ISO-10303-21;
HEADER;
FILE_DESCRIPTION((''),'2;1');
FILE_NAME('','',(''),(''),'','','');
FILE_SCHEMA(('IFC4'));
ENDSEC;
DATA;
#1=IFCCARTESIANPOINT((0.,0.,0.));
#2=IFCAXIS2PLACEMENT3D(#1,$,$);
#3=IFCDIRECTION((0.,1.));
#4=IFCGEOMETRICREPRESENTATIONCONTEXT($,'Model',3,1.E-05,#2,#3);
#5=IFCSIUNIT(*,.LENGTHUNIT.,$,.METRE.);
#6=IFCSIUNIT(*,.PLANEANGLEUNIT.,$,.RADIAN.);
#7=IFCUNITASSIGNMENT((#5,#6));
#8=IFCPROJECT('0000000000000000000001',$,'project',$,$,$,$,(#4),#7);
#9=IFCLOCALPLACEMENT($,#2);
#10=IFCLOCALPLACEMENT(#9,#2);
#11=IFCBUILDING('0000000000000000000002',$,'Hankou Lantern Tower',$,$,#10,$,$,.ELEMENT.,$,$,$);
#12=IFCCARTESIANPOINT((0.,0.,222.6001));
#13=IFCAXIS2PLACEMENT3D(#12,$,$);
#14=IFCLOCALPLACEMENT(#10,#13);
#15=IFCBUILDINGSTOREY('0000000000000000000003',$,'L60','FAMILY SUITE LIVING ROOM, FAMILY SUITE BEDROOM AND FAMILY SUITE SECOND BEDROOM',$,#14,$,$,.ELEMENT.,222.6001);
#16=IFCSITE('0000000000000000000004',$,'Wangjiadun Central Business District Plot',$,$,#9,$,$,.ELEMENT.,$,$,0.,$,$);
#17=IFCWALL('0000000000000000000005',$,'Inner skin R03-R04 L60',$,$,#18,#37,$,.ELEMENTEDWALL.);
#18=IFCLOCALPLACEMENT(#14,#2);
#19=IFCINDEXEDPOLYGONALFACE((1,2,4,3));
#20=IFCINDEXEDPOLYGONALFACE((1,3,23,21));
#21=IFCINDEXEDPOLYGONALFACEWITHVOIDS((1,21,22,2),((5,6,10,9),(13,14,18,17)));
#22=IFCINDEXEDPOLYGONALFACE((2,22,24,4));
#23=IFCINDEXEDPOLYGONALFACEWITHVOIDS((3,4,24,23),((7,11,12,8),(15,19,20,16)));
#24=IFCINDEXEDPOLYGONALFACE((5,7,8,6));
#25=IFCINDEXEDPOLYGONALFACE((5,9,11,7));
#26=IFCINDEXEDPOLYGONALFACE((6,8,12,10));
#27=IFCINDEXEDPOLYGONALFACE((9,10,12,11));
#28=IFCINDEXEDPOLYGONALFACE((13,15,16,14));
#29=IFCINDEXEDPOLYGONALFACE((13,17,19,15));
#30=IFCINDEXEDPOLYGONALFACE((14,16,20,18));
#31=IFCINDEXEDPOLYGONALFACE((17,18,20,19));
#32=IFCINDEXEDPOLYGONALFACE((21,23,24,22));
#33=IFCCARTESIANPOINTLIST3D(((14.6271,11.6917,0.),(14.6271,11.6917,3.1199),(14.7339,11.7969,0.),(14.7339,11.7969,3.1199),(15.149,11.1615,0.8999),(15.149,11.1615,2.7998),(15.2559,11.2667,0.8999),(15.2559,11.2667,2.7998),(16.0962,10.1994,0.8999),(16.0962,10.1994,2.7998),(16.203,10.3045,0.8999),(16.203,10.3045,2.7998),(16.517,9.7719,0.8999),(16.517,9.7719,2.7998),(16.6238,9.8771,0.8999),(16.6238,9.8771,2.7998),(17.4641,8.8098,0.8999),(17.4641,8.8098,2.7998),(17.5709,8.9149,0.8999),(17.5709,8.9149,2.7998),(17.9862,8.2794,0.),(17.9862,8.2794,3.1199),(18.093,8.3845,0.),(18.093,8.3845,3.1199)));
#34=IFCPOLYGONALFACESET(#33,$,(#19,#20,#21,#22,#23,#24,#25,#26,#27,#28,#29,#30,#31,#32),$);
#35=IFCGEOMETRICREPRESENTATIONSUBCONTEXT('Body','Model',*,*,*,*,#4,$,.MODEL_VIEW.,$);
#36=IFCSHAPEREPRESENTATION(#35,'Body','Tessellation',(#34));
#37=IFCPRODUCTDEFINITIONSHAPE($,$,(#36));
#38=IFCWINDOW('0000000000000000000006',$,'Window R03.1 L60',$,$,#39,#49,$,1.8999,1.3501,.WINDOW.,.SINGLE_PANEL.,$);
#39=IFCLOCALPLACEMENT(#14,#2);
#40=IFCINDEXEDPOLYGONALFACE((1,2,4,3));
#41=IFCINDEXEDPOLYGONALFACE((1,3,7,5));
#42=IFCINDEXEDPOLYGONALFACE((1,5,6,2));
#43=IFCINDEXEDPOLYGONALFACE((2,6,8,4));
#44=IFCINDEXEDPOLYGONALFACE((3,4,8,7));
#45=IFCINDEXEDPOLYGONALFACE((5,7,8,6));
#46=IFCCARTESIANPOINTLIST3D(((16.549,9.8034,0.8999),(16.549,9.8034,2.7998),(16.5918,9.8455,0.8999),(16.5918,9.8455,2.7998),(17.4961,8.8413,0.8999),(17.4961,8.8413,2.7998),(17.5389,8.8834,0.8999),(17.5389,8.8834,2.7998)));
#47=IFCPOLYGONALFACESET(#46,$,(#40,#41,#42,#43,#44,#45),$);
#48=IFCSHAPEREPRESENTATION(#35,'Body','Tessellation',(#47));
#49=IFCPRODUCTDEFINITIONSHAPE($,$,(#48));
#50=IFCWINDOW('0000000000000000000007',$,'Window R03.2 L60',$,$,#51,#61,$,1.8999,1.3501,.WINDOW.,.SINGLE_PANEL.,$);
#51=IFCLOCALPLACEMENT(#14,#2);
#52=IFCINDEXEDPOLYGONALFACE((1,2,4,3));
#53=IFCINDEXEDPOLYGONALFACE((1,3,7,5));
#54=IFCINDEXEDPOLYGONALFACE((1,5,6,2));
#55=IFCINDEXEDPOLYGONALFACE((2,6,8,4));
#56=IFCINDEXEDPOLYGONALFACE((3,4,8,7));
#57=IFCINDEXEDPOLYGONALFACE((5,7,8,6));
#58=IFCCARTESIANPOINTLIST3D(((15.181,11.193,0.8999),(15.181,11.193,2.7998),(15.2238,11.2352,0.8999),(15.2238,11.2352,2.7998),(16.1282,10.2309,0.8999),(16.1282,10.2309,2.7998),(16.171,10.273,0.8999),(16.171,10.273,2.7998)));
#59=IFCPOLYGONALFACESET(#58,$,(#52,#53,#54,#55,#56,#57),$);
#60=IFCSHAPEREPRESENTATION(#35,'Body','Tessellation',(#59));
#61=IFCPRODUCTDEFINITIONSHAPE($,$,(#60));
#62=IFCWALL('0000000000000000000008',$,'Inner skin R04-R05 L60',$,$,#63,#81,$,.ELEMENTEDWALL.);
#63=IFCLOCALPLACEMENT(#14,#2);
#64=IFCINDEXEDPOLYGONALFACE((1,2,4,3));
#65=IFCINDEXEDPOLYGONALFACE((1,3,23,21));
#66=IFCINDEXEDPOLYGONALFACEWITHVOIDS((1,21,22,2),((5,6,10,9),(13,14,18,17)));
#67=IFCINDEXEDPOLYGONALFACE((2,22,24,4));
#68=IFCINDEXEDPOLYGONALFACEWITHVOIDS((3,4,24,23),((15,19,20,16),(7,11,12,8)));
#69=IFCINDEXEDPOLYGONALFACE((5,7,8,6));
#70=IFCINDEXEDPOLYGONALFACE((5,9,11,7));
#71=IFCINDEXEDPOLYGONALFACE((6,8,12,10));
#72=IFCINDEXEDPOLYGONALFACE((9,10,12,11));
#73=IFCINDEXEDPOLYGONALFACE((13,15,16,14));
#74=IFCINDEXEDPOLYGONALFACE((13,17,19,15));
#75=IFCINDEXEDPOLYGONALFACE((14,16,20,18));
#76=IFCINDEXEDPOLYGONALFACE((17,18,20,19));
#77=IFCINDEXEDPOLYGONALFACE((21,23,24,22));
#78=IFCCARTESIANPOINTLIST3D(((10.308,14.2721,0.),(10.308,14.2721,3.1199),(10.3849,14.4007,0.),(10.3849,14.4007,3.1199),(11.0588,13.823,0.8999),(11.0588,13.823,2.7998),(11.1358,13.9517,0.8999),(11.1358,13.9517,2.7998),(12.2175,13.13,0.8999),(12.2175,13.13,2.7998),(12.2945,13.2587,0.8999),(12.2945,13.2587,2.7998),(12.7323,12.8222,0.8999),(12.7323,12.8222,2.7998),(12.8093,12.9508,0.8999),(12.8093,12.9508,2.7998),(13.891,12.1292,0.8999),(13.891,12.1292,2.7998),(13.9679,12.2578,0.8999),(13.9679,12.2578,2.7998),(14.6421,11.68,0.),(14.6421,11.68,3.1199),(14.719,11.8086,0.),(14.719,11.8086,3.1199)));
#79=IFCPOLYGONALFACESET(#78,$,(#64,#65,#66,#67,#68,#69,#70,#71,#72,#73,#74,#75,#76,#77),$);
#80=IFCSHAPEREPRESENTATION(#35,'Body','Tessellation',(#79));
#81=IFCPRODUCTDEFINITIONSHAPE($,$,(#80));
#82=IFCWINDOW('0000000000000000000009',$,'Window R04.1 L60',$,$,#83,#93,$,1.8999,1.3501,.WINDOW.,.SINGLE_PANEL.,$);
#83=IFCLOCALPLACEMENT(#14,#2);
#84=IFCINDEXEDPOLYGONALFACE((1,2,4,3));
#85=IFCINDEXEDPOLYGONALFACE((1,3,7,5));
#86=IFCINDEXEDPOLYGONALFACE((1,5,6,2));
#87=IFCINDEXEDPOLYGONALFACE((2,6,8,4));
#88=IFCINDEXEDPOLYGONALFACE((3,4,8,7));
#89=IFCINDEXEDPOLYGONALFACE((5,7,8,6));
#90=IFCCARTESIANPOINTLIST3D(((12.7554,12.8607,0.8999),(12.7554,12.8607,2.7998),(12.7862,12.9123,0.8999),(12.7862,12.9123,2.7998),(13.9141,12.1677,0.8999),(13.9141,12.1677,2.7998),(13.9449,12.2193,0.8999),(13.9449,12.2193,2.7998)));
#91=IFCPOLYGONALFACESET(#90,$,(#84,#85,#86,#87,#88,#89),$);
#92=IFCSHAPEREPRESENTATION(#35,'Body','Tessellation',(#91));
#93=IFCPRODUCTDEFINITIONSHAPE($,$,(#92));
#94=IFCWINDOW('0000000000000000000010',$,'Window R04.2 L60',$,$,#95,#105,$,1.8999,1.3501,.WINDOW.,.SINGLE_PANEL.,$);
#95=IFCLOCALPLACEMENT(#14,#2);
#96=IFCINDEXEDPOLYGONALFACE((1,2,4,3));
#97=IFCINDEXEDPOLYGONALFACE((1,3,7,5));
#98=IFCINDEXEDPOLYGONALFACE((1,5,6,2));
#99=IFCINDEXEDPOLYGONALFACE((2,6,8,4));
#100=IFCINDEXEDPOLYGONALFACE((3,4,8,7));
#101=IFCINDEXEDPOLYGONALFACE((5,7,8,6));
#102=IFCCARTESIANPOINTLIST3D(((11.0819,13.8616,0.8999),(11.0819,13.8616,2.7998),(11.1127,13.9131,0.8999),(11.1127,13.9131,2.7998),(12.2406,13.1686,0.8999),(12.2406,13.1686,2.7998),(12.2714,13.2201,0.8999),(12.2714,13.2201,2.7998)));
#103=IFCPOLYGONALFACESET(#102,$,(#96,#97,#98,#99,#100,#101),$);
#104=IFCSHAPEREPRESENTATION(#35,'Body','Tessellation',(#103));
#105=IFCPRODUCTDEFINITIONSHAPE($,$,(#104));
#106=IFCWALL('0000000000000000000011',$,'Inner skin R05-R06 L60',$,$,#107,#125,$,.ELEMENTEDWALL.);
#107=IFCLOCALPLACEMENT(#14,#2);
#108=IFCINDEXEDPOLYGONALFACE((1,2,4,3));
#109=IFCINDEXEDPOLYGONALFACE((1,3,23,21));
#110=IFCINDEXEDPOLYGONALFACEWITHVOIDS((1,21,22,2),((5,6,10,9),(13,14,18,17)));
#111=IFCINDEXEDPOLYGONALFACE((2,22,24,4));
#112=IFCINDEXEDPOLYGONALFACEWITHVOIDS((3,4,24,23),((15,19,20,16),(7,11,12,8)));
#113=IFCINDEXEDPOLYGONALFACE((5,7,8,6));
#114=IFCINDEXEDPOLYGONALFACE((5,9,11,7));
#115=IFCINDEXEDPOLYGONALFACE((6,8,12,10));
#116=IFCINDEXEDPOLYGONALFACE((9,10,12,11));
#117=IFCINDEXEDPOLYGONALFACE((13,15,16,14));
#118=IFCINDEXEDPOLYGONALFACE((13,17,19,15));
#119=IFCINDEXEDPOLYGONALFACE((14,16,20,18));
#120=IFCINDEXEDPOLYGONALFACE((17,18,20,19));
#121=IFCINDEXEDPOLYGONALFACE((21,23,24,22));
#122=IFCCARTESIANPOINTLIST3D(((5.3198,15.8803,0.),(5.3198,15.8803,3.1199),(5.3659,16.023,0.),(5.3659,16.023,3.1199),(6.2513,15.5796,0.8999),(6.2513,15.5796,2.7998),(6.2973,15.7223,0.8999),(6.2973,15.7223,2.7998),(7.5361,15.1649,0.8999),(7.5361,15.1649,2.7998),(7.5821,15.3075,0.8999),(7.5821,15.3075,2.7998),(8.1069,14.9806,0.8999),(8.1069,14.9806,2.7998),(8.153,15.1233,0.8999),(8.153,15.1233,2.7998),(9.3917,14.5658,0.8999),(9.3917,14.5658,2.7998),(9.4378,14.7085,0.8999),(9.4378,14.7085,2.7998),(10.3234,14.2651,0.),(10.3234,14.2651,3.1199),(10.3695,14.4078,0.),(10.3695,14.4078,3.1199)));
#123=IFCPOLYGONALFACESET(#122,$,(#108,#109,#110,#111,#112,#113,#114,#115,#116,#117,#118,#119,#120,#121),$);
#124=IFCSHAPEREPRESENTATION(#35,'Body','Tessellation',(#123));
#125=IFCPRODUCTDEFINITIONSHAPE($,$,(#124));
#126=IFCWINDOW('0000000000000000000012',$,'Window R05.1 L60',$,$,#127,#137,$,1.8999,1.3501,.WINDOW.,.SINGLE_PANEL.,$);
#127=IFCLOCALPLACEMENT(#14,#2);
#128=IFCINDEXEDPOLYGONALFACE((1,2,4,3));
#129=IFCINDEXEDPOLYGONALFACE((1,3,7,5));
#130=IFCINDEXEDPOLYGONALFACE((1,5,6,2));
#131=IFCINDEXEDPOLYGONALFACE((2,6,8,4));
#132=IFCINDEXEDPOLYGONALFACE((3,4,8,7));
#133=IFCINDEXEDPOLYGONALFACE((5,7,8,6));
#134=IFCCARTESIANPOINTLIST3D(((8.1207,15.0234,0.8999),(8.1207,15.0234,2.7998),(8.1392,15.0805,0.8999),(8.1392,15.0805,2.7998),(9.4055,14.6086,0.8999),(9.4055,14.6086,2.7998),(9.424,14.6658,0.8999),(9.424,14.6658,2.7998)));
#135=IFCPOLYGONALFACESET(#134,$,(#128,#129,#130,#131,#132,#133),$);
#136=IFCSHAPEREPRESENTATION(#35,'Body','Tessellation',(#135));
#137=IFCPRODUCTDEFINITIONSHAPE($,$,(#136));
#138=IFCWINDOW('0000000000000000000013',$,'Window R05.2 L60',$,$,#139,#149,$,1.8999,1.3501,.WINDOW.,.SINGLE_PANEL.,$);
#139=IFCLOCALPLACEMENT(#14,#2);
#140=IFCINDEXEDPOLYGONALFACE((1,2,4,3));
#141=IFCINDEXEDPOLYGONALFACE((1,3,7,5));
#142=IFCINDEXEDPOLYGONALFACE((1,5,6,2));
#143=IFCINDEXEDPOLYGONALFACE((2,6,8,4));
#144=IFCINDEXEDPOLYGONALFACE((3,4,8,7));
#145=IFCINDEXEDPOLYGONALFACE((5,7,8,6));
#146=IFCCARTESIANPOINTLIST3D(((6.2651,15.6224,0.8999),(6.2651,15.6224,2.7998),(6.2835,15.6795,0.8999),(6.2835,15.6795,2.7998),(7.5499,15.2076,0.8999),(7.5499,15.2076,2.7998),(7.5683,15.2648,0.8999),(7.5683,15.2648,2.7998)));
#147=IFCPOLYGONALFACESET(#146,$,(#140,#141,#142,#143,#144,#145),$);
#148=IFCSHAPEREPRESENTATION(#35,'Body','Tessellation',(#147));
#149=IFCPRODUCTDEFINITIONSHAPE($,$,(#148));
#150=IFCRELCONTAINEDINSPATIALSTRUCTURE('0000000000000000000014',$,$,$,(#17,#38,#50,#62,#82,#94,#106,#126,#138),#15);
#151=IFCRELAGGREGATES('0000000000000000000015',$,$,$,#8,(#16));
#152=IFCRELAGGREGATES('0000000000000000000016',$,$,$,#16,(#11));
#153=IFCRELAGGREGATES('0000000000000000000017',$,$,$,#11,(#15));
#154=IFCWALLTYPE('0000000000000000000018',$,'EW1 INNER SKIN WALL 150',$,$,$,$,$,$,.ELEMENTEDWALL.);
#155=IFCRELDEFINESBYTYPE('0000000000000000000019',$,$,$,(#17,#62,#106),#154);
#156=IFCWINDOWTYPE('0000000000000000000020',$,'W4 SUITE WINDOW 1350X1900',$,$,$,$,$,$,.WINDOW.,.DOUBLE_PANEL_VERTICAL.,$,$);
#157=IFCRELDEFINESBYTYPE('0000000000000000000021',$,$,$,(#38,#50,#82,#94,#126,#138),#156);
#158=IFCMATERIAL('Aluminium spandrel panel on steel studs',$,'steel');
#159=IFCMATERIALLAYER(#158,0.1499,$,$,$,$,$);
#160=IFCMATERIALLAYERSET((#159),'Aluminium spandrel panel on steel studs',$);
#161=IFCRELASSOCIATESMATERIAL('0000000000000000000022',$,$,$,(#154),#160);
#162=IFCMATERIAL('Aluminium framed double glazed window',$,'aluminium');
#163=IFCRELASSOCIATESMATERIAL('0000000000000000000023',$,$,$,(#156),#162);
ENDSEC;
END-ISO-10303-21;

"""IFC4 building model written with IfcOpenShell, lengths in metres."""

from ifc_helpers import new_model, si_unit, direction, frame, frame_2d, origin, place, context, subcontext, project, spatial, rectangle, extrude, material, layer, layer_set, type_object, element, fill, save


model = new_model("IFC4")

# Units and contexts
model_context = context("Model", 3, precision=1e-05, world=origin(), true_north=direction((0.0, 1.0)))
body_context = subcontext(model_context, "Body", "Model", "MODEL_VIEW")
ifc_project = project(units=[si_unit("LENGTHUNIT", "METRE"), si_unit("PLANEANGLEUNIT", "RADIAN")], contexts=[model_context])

# Site, building, storey
site_placement = place(None, origin())
site = spatial("IfcSite", under=ifc_project, at=site_placement, Name="Wangjiadun Central Business District Plot", CompositionType="ELEMENT", RefElevation=0.0)
building_placement = place(site_placement, origin())
building = spatial("IfcBuilding", under=site, at=building_placement, Name="Hankou Lantern Tower", CompositionType="ELEMENT")
storey_placement = place(building_placement, frame((0.0, 0.0, 222.6001)))
storey = spatial("IfcBuildingStorey", under=building, at=storey_placement, Name="L60", Description="FAMILY SUITE LIVING ROOM, FAMILY SUITE BEDROOM AND FAMILY SUITE SECOND BEDROOM", CompositionType="ELEMENT", Elevation=222.6001)

# Walls, openings, windows
ifc_material_1 = material(Name="Aluminium spandrel panel on steel studs", Category="steel")
ifc_layer_1 = layer(ifc_material_1, 0.1499)
ifc_layer_set_1 = layer_set([ifc_layer_1], Name="Aluminium spandrel panel on steel studs")
wall_type_1 = type_object("IfcWallType", Name="EW1 INNER SKIN WALL 150", PredefinedType="ELEMENTEDWALL", material=ifc_layer_set_1)
wall_1_placement = place(storey_placement, frame((18.0396, 8.332, 0.0), z_axis=(0.0, 0.0, 1.0), x_axis=(-0.701527, 0.712643, 0.0)))
wall_1 = element("IfcWall", 1, at=wall_1_placement, inside=storey, type_object=wall_type_1, Name="Inner skin R03-R04 L60", PredefinedType="ELEMENTEDWALL", context=body_context, shape_type="SweptSolid", body=[
    extrude(rectangle(XDim=4.7883, YDim=0.1499, at=frame_2d((2.394, 0.0))), origin(), (0.0, 0.0, 1.0), 3.1199),
])
opening_1_placement = place(wall_1_placement, frame((0.7441, 0.0, 0.8999)))
opening_1 = element("IfcOpeningElement", 2, at=opening_1_placement, cuts=wall_1, PredefinedType="OPENING", context=body_context, shape_type="SweptSolid", body=[
    extrude(rectangle(XDim=1.3501, YDim=1.8999, at=frame_2d((0.675, 0.95))), frame((0.0, 0.085, 0.0), z_axis=(0.0, -1.0, 0.0), x_axis=(1.0, 0.0, 0.0)), (0.0, 0.0, 1.0), 0.1699),
])
opening_2_placement = place(wall_1_placement, frame((2.6941, 0.0, 0.8999)))
opening_2 = element("IfcOpeningElement", 3, at=opening_2_placement, cuts=wall_1, PredefinedType="OPENING", context=body_context, shape_type="SweptSolid", body=[
    extrude(rectangle(XDim=1.3501, YDim=1.8999, at=frame_2d((0.675, 0.95))), frame((0.0, 0.085, 0.0), z_axis=(0.0, -1.0, 0.0), x_axis=(1.0, 0.0, 0.0)), (0.0, 0.0, 1.0), 0.1699),
])
ifc_material_2 = material(Name="Aluminium framed double glazed window", Category="aluminium")
window_type = type_object("IfcWindowType", Name="W4 SUITE WINDOW 1350X1900", PartitioningType="DOUBLE_PANEL_VERTICAL", PredefinedType="WINDOW", material=ifc_material_2)
window_1_placement = place(opening_1_placement, origin())
window_1 = element("IfcWindow", 4, at=window_1_placement, inside=storey, type_object=window_type, Name="Window R03.1 L60", OverallHeight=1.8999, OverallWidth=1.3501, PartitioningType="SINGLE_PANEL", PredefinedType="WINDOW", context=body_context, shape_type="SweptSolid", body=[
    extrude(rectangle(XDim=1.3501, YDim=1.8999, at=frame_2d((0.675, 0.95))), frame((0.0, 0.03, 0.0), z_axis=(0.0, -1.0, 0.0), x_axis=(1.0, 0.0, 0.0)), (0.0, 0.0, 1.0), 0.0601),
])
fill(opening_1, window_1)
window_2_placement = place(opening_2_placement, origin())
window_2 = element("IfcWindow", 5, at=window_2_placement, inside=storey, type_object=window_type, Name="Window R03.2 L60", OverallHeight=1.8999, OverallWidth=1.3501, PartitioningType="SINGLE_PANEL", PredefinedType="WINDOW", context=body_context, shape_type="SweptSolid", body=[
    extrude(rectangle(XDim=1.3501, YDim=1.8999, at=frame_2d((0.675, 0.95))), frame((0.0, 0.03, 0.0), z_axis=(0.0, -1.0, 0.0), x_axis=(1.0, 0.0, 0.0)), (0.0, 0.0, 1.0), 0.0601),
])
fill(opening_2, window_2)
wall_2_placement = place(storey_placement, frame((14.6804, 11.7444, 0.0), z_axis=(0.0, 0.0, 1.0), x_axis=(-0.858222, 0.51328, 0.0)))
wall_2 = element("IfcWall", 6, at=wall_2_placement, inside=storey, type_object=wall_type_1, Name="Inner skin R04-R05 L60", PredefinedType="ELEMENTEDWALL", context=body_context, shape_type="SweptSolid", body=[
    extrude(rectangle(XDim=5.05, YDim=0.1499, at=frame_2d((2.5249, 0.0))), origin(), (0.0, 0.0, 1.0), 3.1199),
])
opening_3_placement = place(wall_2_placement, frame((0.875, 0.0, 0.8999)))
opening_3 = element("IfcOpeningElement", 7, at=opening_3_placement, cuts=wall_2, PredefinedType="OPENING", context=body_context, shape_type="SweptSolid", body=[
    extrude(rectangle(XDim=1.3501, YDim=1.8999, at=frame_2d((0.675, 0.95))), frame((0.0, 0.085, 0.0), z_axis=(0.0, -1.0, 0.0), x_axis=(1.0, 0.0, 0.0)), (0.0, 0.0, 1.0), 0.1699),
])
opening_4_placement = place(wall_2_placement, frame((2.825, 0.0, 0.8999)))
opening_4 = element("IfcOpeningElement", 8, at=opening_4_placement, cuts=wall_2, PredefinedType="OPENING", context=body_context, shape_type="SweptSolid", body=[
    extrude(rectangle(XDim=1.3501, YDim=1.8999, at=frame_2d((0.675, 0.95))), frame((0.0, 0.085, 0.0), z_axis=(0.0, -1.0, 0.0), x_axis=(1.0, 0.0, 0.0)), (0.0, 0.0, 1.0), 0.1699),
])
window_3_placement = place(opening_3_placement, origin())
window_3 = element("IfcWindow", 9, at=window_3_placement, inside=storey, type_object=window_type, Name="Window R04.1 L60", OverallHeight=1.8999, OverallWidth=1.3501, PartitioningType="SINGLE_PANEL", PredefinedType="WINDOW", context=body_context, shape_type="SweptSolid", body=[
    extrude(rectangle(XDim=1.3501, YDim=1.8999, at=frame_2d((0.675, 0.95))), frame((0.0, 0.03, 0.0), z_axis=(0.0, -1.0, 0.0), x_axis=(1.0, 0.0, 0.0)), (0.0, 0.0, 1.0), 0.0601),
])
fill(opening_3, window_3)
window_4_placement = place(opening_4_placement, origin())
window_4 = element("IfcWindow", 10, at=window_4_placement, inside=storey, type_object=window_type, Name="Window R04.2 L60", OverallHeight=1.8999, OverallWidth=1.3501, PartitioningType="SINGLE_PANEL", PredefinedType="WINDOW", context=body_context, shape_type="SweptSolid", body=[
    extrude(rectangle(XDim=1.3501, YDim=1.8999, at=frame_2d((0.675, 0.95))), frame((0.0, 0.03, 0.0), z_axis=(0.0, -1.0, 0.0), x_axis=(1.0, 0.0, 0.0)), (0.0, 0.0, 1.0), 0.0601),
])
fill(opening_4, window_4)
wall_3_placement = place(storey_placement, frame((10.3464, 14.3364, 0.0), z_axis=(0.0, 0.0, 1.0), x_axis=(-0.951645, 0.307201, 0.0)))
wall_3 = element("IfcWall", 11, at=wall_3_placement, inside=storey, type_object=wall_type_1, Name="Inner skin R05-R06 L60", PredefinedType="ELEMENTEDWALL", context=body_context, shape_type="SweptSolid", body=[
    extrude(rectangle(XDim=5.2578, YDim=0.1499, at=frame_2d((2.6289, 0.0))), origin(), (0.0, 0.0, 1.0), 3.1199),
])
opening_5_placement = place(wall_3_placement, frame((0.979, 0.0, 0.8999)))
opening_5 = element("IfcOpeningElement", 12, at=opening_5_placement, cuts=wall_3, PredefinedType="OPENING", context=body_context, shape_type="SweptSolid", body=[
    extrude(rectangle(XDim=1.3501, YDim=1.8999, at=frame_2d((0.675, 0.95))), frame((0.0, 0.085, 0.0), z_axis=(0.0, -1.0, 0.0), x_axis=(1.0, 0.0, 0.0)), (0.0, 0.0, 1.0), 0.1699),
])
opening_6_placement = place(wall_3_placement, frame((2.929, 0.0, 0.8999)))
opening_6 = element("IfcOpeningElement", 13, at=opening_6_placement, cuts=wall_3, PredefinedType="OPENING", context=body_context, shape_type="SweptSolid", body=[
    extrude(rectangle(XDim=1.3501, YDim=1.8999, at=frame_2d((0.675, 0.95))), frame((0.0, 0.085, 0.0), z_axis=(0.0, -1.0, 0.0), x_axis=(1.0, 0.0, 0.0)), (0.0, 0.0, 1.0), 0.1699),
])
window_5_placement = place(opening_5_placement, origin())
window_5 = element("IfcWindow", 14, at=window_5_placement, inside=storey, type_object=window_type, Name="Window R05.1 L60", OverallHeight=1.8999, OverallWidth=1.3501, PartitioningType="SINGLE_PANEL", PredefinedType="WINDOW", context=body_context, shape_type="SweptSolid", body=[
    extrude(rectangle(XDim=1.3501, YDim=1.8999, at=frame_2d((0.675, 0.95))), frame((0.0, 0.03, 0.0), z_axis=(0.0, -1.0, 0.0), x_axis=(1.0, 0.0, 0.0)), (0.0, 0.0, 1.0), 0.0601),
])
fill(opening_5, window_5)
window_6_placement = place(opening_6_placement, origin())
window_6 = element("IfcWindow", 15, at=window_6_placement, inside=storey, type_object=window_type, Name="Window R05.2 L60", OverallHeight=1.8999, OverallWidth=1.3501, PartitioningType="SINGLE_PANEL", PredefinedType="WINDOW", context=body_context, shape_type="SweptSolid", body=[
    extrude(rectangle(XDim=1.3501, YDim=1.8999, at=frame_2d((0.675, 0.95))), frame((0.0, 0.03, 0.0), z_axis=(0.0, -1.0, 0.0), x_axis=(1.0, 0.0, 0.0)), (0.0, 0.0, 1.0), 0.0601),
])
fill(opening_6, window_6)

save(model, "model.ifc")
